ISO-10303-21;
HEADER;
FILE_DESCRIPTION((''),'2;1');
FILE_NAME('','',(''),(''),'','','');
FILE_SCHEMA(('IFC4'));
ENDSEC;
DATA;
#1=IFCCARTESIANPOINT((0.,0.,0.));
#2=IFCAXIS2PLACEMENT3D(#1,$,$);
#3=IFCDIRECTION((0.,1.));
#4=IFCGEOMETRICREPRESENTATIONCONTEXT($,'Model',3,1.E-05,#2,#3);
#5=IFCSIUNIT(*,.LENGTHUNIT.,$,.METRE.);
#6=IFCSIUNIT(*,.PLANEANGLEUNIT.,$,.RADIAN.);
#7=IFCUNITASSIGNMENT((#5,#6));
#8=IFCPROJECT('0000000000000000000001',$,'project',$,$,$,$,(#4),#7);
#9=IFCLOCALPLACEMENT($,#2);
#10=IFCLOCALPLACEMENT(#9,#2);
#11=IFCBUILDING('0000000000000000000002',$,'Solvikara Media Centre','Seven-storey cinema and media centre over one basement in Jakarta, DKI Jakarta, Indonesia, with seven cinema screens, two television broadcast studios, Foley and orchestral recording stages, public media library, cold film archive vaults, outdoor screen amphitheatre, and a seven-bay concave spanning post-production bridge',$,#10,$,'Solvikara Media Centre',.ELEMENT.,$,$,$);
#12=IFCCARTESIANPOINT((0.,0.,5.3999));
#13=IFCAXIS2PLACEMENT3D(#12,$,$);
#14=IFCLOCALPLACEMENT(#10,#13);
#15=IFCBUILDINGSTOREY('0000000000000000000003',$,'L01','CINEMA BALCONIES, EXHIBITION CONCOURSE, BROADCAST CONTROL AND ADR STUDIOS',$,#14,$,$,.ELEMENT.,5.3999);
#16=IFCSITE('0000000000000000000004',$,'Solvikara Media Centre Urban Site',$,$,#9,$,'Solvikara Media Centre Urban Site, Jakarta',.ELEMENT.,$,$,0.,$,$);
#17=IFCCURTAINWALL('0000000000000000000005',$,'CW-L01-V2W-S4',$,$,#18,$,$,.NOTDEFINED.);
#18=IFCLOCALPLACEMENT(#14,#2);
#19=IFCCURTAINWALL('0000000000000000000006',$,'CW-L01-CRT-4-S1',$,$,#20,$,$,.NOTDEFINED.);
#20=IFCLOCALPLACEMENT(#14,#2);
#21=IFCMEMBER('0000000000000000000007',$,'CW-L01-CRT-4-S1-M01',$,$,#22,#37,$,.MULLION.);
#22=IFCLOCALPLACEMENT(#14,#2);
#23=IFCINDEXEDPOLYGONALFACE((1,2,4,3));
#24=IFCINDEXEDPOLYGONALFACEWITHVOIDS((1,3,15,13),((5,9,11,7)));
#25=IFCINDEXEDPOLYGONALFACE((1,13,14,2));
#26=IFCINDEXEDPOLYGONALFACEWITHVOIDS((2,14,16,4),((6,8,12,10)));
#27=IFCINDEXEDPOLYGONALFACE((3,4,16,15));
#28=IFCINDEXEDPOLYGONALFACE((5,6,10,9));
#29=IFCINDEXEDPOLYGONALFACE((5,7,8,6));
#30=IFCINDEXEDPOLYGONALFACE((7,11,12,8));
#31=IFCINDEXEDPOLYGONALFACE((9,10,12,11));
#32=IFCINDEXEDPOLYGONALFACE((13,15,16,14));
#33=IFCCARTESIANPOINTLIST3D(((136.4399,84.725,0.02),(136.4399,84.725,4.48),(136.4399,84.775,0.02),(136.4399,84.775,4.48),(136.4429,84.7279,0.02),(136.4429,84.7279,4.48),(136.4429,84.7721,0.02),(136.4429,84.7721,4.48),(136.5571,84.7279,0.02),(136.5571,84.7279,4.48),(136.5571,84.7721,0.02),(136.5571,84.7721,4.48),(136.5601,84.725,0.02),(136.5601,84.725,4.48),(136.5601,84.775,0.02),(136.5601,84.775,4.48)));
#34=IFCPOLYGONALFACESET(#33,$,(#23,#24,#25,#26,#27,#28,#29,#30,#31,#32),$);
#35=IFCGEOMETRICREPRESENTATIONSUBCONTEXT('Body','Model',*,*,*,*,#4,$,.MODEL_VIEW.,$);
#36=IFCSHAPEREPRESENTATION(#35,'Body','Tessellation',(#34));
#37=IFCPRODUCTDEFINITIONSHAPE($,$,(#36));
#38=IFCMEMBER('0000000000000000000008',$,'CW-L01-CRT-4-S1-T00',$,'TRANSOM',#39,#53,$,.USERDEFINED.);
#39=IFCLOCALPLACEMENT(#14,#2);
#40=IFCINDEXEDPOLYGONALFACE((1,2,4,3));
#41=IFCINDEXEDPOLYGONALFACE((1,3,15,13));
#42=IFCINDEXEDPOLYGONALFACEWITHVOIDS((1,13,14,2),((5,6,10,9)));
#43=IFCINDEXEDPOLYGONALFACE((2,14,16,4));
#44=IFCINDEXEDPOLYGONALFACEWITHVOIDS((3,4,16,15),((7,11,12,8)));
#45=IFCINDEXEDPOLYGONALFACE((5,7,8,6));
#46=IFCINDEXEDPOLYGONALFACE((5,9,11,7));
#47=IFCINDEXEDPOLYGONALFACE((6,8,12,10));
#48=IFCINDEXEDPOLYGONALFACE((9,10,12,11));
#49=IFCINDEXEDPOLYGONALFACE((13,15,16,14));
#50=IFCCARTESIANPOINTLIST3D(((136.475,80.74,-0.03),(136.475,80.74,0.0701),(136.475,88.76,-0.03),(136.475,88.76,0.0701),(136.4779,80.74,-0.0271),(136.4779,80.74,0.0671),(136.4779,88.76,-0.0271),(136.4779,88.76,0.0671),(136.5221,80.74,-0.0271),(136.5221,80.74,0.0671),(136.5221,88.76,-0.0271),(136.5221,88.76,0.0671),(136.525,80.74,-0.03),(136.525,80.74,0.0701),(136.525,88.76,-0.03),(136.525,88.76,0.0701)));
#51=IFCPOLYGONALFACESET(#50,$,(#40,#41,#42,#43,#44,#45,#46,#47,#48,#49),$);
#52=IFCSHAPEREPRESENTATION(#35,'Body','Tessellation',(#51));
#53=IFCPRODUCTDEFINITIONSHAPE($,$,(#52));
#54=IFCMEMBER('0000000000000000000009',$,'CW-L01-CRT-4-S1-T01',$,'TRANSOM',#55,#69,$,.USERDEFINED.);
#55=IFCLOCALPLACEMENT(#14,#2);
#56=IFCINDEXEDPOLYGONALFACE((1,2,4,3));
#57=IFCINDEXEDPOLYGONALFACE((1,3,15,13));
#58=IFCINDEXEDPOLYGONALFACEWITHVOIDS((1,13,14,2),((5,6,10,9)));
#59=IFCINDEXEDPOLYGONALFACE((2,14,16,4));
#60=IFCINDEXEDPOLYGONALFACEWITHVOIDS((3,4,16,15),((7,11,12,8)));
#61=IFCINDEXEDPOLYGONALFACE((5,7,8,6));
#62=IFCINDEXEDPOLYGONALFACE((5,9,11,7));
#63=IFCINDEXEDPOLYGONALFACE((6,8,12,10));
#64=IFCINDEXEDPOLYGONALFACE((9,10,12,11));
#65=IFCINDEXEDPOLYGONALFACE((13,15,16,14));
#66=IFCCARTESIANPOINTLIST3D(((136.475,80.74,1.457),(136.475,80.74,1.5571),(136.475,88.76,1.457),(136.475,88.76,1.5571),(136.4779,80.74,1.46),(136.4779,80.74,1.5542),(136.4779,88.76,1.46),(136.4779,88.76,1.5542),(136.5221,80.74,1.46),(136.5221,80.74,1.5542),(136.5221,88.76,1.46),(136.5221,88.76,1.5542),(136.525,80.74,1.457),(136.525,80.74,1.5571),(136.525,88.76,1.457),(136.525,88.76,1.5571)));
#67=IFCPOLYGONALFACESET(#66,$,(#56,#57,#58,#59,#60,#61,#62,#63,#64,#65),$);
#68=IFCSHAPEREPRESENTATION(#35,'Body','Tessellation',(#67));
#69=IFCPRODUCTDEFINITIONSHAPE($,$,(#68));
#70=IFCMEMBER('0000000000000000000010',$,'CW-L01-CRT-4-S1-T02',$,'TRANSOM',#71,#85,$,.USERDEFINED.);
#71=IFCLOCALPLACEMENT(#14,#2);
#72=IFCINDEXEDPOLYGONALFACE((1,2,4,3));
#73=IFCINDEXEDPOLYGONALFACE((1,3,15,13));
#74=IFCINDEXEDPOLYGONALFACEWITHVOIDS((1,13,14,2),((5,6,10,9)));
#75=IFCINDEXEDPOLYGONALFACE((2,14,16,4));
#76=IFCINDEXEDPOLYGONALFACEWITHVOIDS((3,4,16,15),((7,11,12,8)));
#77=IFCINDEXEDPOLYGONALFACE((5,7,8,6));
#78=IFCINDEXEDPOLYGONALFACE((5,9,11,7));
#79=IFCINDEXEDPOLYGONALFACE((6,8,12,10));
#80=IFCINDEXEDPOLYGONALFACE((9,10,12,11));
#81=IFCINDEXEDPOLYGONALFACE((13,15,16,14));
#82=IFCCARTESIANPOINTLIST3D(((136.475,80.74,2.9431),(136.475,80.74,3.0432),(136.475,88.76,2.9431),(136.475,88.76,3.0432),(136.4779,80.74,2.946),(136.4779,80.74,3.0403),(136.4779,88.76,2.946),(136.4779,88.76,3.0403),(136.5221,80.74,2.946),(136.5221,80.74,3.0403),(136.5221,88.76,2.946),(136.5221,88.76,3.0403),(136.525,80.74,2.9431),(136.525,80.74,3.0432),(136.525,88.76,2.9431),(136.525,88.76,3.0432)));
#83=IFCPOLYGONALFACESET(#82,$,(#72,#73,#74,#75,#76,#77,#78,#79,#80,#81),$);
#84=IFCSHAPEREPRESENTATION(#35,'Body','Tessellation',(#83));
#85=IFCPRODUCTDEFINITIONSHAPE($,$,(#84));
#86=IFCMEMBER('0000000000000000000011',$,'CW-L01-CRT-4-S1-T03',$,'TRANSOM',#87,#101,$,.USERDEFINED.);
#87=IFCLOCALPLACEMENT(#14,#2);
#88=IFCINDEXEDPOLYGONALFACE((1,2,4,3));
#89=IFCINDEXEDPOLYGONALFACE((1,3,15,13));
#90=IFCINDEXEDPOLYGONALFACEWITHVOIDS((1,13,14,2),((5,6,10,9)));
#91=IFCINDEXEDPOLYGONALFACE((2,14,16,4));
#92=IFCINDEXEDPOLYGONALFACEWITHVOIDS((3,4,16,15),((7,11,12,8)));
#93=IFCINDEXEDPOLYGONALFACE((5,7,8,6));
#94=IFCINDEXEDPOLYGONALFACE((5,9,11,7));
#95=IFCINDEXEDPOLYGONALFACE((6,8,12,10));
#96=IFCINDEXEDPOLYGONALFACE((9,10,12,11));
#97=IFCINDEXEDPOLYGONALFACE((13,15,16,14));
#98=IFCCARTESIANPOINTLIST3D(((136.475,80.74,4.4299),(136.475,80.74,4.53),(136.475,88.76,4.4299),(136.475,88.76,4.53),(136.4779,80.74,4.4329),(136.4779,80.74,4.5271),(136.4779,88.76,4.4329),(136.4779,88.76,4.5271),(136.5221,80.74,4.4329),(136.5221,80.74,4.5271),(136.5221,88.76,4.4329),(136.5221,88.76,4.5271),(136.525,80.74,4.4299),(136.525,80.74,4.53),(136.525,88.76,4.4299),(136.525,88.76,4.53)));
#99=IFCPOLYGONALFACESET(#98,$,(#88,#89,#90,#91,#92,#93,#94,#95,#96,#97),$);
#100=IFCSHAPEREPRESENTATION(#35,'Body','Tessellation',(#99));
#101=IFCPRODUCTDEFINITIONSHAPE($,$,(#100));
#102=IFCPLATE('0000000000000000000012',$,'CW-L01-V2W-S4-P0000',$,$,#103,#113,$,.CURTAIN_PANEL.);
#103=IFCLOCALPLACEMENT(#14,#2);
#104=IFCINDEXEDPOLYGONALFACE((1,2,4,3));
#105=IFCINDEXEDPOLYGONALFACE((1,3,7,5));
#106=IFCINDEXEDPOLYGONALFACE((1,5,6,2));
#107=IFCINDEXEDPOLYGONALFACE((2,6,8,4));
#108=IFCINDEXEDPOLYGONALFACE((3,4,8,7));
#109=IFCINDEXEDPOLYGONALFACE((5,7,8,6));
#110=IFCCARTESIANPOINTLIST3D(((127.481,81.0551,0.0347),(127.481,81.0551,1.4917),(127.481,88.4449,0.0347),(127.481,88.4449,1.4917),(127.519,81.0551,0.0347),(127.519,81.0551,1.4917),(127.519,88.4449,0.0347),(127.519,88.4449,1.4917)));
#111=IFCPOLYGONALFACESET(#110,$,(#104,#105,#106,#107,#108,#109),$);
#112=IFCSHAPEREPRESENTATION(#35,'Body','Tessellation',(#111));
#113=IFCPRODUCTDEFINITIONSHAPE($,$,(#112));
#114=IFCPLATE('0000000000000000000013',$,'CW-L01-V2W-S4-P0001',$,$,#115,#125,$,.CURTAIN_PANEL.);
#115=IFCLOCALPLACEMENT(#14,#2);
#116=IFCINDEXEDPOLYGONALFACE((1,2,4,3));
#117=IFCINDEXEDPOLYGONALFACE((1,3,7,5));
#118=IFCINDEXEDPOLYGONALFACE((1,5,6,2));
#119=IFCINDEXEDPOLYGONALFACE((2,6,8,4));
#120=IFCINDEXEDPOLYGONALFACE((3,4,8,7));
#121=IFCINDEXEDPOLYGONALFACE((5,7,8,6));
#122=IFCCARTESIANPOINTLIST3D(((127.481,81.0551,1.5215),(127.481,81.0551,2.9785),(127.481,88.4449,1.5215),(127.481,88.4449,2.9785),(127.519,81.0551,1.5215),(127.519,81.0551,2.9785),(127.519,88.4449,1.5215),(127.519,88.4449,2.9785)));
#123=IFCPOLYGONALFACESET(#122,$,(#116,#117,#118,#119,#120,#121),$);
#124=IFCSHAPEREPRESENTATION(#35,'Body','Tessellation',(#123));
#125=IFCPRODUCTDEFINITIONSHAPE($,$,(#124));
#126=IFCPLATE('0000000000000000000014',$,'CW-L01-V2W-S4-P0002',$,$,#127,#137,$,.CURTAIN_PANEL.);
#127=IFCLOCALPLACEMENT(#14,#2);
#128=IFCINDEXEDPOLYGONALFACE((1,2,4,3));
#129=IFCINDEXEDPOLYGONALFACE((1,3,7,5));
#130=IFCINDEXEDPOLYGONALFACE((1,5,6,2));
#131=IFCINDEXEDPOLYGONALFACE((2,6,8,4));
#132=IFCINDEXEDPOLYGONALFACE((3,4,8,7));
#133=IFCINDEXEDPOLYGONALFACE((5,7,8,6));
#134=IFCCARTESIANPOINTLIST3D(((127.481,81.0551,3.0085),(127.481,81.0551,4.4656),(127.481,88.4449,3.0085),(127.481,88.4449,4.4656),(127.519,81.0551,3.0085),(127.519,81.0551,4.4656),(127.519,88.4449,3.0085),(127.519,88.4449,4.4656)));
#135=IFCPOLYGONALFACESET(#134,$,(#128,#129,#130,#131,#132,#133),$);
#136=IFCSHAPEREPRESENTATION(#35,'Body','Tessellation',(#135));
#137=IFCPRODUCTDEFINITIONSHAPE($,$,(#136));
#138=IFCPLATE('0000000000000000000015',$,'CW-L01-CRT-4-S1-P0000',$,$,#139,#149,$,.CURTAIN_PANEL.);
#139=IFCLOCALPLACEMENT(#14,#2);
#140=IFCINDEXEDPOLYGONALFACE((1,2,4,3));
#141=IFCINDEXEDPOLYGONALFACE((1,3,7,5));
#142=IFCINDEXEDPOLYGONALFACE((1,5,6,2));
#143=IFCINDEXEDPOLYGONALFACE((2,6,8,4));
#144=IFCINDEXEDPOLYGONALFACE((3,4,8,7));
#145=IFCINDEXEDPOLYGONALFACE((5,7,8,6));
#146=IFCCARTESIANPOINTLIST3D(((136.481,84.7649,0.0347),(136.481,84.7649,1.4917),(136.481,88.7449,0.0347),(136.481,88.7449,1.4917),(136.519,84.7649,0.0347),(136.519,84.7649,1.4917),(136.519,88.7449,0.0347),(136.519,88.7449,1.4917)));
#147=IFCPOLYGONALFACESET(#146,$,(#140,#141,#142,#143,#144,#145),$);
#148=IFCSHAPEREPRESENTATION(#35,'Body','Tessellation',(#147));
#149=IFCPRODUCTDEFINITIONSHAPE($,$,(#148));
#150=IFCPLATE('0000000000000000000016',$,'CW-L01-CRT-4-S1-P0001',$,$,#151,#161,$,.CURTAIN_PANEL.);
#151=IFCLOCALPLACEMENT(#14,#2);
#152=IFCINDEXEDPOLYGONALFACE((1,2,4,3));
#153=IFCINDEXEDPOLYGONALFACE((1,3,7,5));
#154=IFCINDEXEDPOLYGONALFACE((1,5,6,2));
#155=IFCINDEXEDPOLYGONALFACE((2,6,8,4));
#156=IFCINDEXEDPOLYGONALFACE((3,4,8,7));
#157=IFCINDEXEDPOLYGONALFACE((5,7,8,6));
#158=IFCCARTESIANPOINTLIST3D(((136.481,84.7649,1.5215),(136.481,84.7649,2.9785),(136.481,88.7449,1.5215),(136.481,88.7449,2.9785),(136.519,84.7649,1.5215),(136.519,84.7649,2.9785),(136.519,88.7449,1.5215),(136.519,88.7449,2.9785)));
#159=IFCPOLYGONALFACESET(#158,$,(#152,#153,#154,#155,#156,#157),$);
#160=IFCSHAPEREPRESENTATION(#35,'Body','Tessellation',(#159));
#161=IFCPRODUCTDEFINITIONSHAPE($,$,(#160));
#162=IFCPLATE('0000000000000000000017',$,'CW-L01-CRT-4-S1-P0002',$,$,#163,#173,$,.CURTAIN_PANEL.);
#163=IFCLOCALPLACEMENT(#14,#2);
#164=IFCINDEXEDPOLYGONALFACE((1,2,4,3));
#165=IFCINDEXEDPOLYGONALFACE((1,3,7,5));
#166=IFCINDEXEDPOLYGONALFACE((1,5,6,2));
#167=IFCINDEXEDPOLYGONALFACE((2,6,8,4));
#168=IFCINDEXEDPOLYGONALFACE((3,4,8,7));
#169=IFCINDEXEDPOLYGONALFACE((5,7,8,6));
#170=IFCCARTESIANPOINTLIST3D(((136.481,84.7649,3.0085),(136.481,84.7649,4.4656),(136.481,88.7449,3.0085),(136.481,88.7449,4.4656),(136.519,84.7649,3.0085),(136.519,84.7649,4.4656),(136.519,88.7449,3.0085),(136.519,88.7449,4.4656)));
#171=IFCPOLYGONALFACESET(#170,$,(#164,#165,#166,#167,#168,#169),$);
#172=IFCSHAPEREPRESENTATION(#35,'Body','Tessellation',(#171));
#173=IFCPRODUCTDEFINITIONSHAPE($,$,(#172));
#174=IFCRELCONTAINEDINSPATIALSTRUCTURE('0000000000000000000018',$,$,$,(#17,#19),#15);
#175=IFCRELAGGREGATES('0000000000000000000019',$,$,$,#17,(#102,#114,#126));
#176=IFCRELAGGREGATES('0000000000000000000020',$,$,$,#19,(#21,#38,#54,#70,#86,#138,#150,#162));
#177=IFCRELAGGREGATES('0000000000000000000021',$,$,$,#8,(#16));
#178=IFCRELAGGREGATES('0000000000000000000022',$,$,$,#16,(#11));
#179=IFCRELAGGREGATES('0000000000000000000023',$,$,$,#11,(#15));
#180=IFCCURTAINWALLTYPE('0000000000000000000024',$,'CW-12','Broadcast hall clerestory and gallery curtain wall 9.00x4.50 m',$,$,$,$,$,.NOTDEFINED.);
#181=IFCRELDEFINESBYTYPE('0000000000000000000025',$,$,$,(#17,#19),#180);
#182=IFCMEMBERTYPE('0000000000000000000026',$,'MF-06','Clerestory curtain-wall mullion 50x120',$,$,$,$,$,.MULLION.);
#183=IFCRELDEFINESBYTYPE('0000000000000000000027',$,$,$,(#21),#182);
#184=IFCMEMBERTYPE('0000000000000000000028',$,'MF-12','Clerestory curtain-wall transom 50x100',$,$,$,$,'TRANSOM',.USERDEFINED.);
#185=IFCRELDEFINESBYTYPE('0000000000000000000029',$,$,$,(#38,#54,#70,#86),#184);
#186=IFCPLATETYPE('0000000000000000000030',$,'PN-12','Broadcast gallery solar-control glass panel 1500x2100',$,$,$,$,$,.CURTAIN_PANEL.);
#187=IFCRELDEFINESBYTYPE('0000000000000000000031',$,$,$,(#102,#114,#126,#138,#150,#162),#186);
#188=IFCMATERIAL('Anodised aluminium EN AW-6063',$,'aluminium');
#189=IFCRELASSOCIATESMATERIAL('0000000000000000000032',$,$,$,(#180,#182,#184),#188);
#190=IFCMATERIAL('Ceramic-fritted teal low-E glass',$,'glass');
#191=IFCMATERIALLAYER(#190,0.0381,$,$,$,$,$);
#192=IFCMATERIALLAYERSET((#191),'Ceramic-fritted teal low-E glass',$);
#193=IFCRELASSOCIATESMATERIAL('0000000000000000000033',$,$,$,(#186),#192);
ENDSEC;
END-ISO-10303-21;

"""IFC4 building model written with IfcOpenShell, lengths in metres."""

from ifc_helpers import new_model, si_unit, direction, frame, origin, origin_2d, place, context, subcontext, project, spatial, rectangle, hollow_rectangle, extrude, material, layer, layer_set, material_profile, profile_set, type_object, element, aggregate, save


model = new_model("IFC4")

# Units and contexts
model_context = context("Model", 3, precision=1e-05, world=origin(), true_north=direction((0.0, 1.0)))
body_context = subcontext(model_context, "Body", "Model", "MODEL_VIEW")
ifc_project = project(units=[si_unit("LENGTHUNIT", "METRE"), si_unit("PLANEANGLEUNIT", "RADIAN")], contexts=[model_context])

# Site, building, storey
site_placement = place(None, origin())
site = spatial("IfcSite", under=ifc_project, at=site_placement, Name="Solvikara Media Centre Urban Site", LongName="Solvikara Media Centre Urban Site, Jakarta", CompositionType="ELEMENT", RefElevation=0.0)
building_placement = place(site_placement, origin())
building = spatial("IfcBuilding", under=site, at=building_placement, Name="Solvikara Media Centre", Description="Seven-storey cinema and media centre over one basement in Jakarta, DKI Jakarta, Indonesia, with seven cinema screens, two television broadcast studios, Foley and orchestral recording stages, public media library, cold film archive vaults, outdoor screen amphitheatre, and a seven-bay concave spanning post-production bridge", LongName="Solvikara Media Centre", CompositionType="ELEMENT")
storey_placement = place(building_placement, frame((0.0, 0.0, 5.3999)))
storey = spatial("IfcBuildingStorey", under=building, at=storey_placement, Name="L01", Description="CINEMA BALCONIES, EXHIBITION CONCOURSE, BROADCAST CONTROL AND ADR STUDIOS", CompositionType="ELEMENT", Elevation=5.3999)

# Curtain wall
ifc_material_1 = material(Name="Anodised aluminium EN AW-6063", Category="aluminium")
curtain_wall_type = type_object("IfcCurtainWallType", Name="CW-12", Description="Broadcast hall clerestory and gallery curtain wall 9.00x4.50 m", PredefinedType="NOTDEFINED", material=ifc_material_1)
curtain_wall_1_placement = place(storey_placement, origin())
curtain_wall_1 = element("IfcCurtainWall", 1, at=curtain_wall_1_placement, inside=storey, type_object=curtain_wall_type, Name="CW-L01-V2W-S4", PredefinedType="NOTDEFINED")
ifc_material_profile_1 = material_profile(ifc_material_1, hollow_rectangle(XDim=0.05, YDim=0.1201, WallThickness=0.0029, at=origin_2d()), Name="ALU-M 50x120x3")
ifc_profile_set_1 = profile_set([ifc_material_profile_1], Name="Anodised aluminium EN AW-6063")
member_type_1 = type_object("IfcMemberType", Name="MF-06", Description="Clerestory curtain-wall mullion 50x120", PredefinedType="MULLION", material=ifc_profile_set_1)

# Curtain wall, members
curtain_wall_2_placement = place(storey_placement, origin())
curtain_wall_2 = element("IfcCurtainWall", 2, at=curtain_wall_2_placement, inside=storey, type_object=curtain_wall_type, Name="CW-L01-CRT-4-S1", PredefinedType="NOTDEFINED")
member_1_placement = place(storey_placement, frame((136.5, 84.75, 0.02), z_axis=(0.0, 0.0, 1.0), x_axis=(0.0, -1.0, 0.0)))
member_1 = element("IfcMember", 3, at=member_1_placement, type_object=member_type_1, Name="CW-L01-CRT-4-S1-M01", PredefinedType="MULLION", context=body_context, shape_type="SweptSolid", body=[
    extrude(hollow_rectangle(XDim=0.05, YDim=0.1201, WallThickness=0.0029, at=origin_2d()), origin(), (0.0, 0.0, 1.0), 4.46),
])
ifc_material_profile_2 = material_profile(ifc_material_1, hollow_rectangle(XDim=0.05, YDim=0.1001, WallThickness=0.0029, at=origin_2d()), Name="ALU-T 50x100x3")
ifc_profile_set_2 = profile_set([ifc_material_profile_2], Name="Anodised aluminium EN AW-6063")
member_type_2 = type_object("IfcMemberType", Name="MF-12", Description="Clerestory curtain-wall transom 50x100", ElementType="TRANSOM", PredefinedType="USERDEFINED", material=ifc_profile_set_2)
member_2_placement = place(storey_placement, frame((136.5, 88.76, 0.02), z_axis=(0.0, -1.0, 0.0), x_axis=(1.0, 0.0, 0.0)))
member_2 = element("IfcMember", 4, at=member_2_placement, type_object=member_type_2, Name="CW-L01-CRT-4-S1-T00", ObjectType="TRANSOM", PredefinedType="USERDEFINED", context=body_context, shape_type="SweptSolid", body=[
    extrude(hollow_rectangle(XDim=0.05, YDim=0.1001, WallThickness=0.0029, at=origin_2d()), origin(), (0.0, 0.0, 1.0), 8.02),
])
member_3_placement = place(storey_placement, frame((136.5, 88.76, 1.5071), z_axis=(0.0, -1.0, 0.0), x_axis=(1.0, 0.0, 0.0)))
member_3 = element("IfcMember", 5, at=member_3_placement, type_object=member_type_2, Name="CW-L01-CRT-4-S1-T01", ObjectType="TRANSOM", PredefinedType="USERDEFINED", context=body_context, shape_type="SweptSolid", body=[
    extrude(hollow_rectangle(XDim=0.05, YDim=0.1001, WallThickness=0.0029, at=origin_2d()), origin(), (0.0, 0.0, 1.0), 8.02),
])
member_4_placement = place(storey_placement, frame((136.5, 88.76, 2.9932), z_axis=(0.0, -1.0, 0.0), x_axis=(1.0, 0.0, 0.0)))
member_4 = element("IfcMember", 6, at=member_4_placement, type_object=member_type_2, Name="CW-L01-CRT-4-S1-T02", ObjectType="TRANSOM", PredefinedType="USERDEFINED", context=body_context, shape_type="SweptSolid", body=[
    extrude(hollow_rectangle(XDim=0.05, YDim=0.1001, WallThickness=0.0029, at=origin_2d()), origin(), (0.0, 0.0, 1.0), 8.02),
])
member_5_placement = place(storey_placement, frame((136.5, 88.76, 4.48), z_axis=(0.0, -1.0, 0.0), x_axis=(1.0, 0.0, 0.0)))
member_5 = element("IfcMember", 7, at=member_5_placement, type_object=member_type_2, Name="CW-L01-CRT-4-S1-T03", ObjectType="TRANSOM", PredefinedType="USERDEFINED", context=body_context, shape_type="SweptSolid", body=[
    extrude(hollow_rectangle(XDim=0.05, YDim=0.1001, WallThickness=0.0029, at=origin_2d()), origin(), (0.0, 0.0, 1.0), 8.02),
])

# Plates
ifc_material_2 = material(Name="Ceramic-fritted teal low-E glass", Category="glass")
ifc_layer_1 = layer(ifc_material_2, 0.0381)
ifc_layer_set_1 = layer_set([ifc_layer_1], Name="Ceramic-fritted teal low-E glass")
plate_type = type_object("IfcPlateType", Name="PN-12", Description="Broadcast gallery solar-control glass panel 1500x2100", PredefinedType="CURTAIN_PANEL", material=ifc_layer_set_1)
plate_1_placement = place(storey_placement, frame((127.5, 84.75, 0.0347), z_axis=(0.0, 0.0, 1.0), x_axis=(0.0, 1.0, 0.0)))
plate_1 = element("IfcPlate", 8, at=plate_1_placement, type_object=plate_type, Name="CW-L01-V2W-S4-P0000", PredefinedType="CURTAIN_PANEL", context=body_context, shape_type="SweptSolid", body=[
    extrude(rectangle(XDim=7.3899, YDim=0.0381, at=origin_2d()), origin(), (0.0, 0.0, 1.0), 1.457),
])
plate_2_placement = place(storey_placement, frame((127.5, 84.75, 1.5215), z_axis=(0.0, 0.0, 1.0), x_axis=(0.0, 1.0, 0.0)))
plate_2 = element("IfcPlate", 9, at=plate_2_placement, type_object=plate_type, Name="CW-L01-V2W-S4-P0001", PredefinedType="CURTAIN_PANEL", context=body_context, shape_type="SweptSolid", body=[
    extrude(rectangle(XDim=7.3899, YDim=0.0381, at=origin_2d()), origin(), (0.0, 0.0, 1.0), 1.457),
])
plate_3_placement = place(storey_placement, frame((127.5, 84.75, 3.0085), z_axis=(0.0, 0.0, 1.0), x_axis=(0.0, 1.0, 0.0)))
plate_3 = element("IfcPlate", 10, at=plate_3_placement, type_object=plate_type, Name="CW-L01-V2W-S4-P0002", PredefinedType="CURTAIN_PANEL", context=body_context, shape_type="SweptSolid", body=[
    extrude(rectangle(XDim=7.3899, YDim=0.0381, at=origin_2d()), origin(), (0.0, 0.0, 1.0), 1.457),
])
aggregate(curtain_wall_1, [plate_1, plate_2, plate_3])
plate_4_placement = place(storey_placement, frame((136.5, 86.7549, 0.0347), z_axis=(0.0, 0.0, 1.0), x_axis=(0.0, -1.0, 0.0)))
plate_4 = element("IfcPlate", 11, at=plate_4_placement, type_object=plate_type, Name="CW-L01-CRT-4-S1-P0000", PredefinedType="CURTAIN_PANEL", context=body_context, shape_type="SweptSolid", body=[
    extrude(rectangle(XDim=3.98, YDim=0.0381, at=origin_2d()), origin(), (0.0, 0.0, 1.0), 1.457),
])
plate_5_placement = place(storey_placement, frame((136.5, 86.7549, 1.5215), z_axis=(0.0, 0.0, 1.0), x_axis=(0.0, -1.0, 0.0)))
plate_5 = element("IfcPlate", 12, at=plate_5_placement, type_object=plate_type, Name="CW-L01-CRT-4-S1-P0001", PredefinedType="CURTAIN_PANEL", context=body_context, shape_type="SweptSolid", body=[
    extrude(rectangle(XDim=3.98, YDim=0.0381, at=origin_2d()), origin(), (0.0, 0.0, 1.0), 1.457),
])
plate_6_placement = place(storey_placement, frame((136.5, 86.7549, 3.0085), z_axis=(0.0, 0.0, 1.0), x_axis=(0.0, -1.0, 0.0)))
plate_6 = element("IfcPlate", 13, at=plate_6_placement, type_object=plate_type, Name="CW-L01-CRT-4-S1-P0002", PredefinedType="CURTAIN_PANEL", context=body_context, shape_type="SweptSolid", body=[
    extrude(rectangle(XDim=3.98, YDim=0.0381, at=origin_2d()), origin(), (0.0, 0.0, 1.0), 1.457),
])
aggregate(curtain_wall_2, [member_1, member_2, member_3, member_4, member_5, plate_4, plate_5, plate_6])

save(model, "model.ifc")
